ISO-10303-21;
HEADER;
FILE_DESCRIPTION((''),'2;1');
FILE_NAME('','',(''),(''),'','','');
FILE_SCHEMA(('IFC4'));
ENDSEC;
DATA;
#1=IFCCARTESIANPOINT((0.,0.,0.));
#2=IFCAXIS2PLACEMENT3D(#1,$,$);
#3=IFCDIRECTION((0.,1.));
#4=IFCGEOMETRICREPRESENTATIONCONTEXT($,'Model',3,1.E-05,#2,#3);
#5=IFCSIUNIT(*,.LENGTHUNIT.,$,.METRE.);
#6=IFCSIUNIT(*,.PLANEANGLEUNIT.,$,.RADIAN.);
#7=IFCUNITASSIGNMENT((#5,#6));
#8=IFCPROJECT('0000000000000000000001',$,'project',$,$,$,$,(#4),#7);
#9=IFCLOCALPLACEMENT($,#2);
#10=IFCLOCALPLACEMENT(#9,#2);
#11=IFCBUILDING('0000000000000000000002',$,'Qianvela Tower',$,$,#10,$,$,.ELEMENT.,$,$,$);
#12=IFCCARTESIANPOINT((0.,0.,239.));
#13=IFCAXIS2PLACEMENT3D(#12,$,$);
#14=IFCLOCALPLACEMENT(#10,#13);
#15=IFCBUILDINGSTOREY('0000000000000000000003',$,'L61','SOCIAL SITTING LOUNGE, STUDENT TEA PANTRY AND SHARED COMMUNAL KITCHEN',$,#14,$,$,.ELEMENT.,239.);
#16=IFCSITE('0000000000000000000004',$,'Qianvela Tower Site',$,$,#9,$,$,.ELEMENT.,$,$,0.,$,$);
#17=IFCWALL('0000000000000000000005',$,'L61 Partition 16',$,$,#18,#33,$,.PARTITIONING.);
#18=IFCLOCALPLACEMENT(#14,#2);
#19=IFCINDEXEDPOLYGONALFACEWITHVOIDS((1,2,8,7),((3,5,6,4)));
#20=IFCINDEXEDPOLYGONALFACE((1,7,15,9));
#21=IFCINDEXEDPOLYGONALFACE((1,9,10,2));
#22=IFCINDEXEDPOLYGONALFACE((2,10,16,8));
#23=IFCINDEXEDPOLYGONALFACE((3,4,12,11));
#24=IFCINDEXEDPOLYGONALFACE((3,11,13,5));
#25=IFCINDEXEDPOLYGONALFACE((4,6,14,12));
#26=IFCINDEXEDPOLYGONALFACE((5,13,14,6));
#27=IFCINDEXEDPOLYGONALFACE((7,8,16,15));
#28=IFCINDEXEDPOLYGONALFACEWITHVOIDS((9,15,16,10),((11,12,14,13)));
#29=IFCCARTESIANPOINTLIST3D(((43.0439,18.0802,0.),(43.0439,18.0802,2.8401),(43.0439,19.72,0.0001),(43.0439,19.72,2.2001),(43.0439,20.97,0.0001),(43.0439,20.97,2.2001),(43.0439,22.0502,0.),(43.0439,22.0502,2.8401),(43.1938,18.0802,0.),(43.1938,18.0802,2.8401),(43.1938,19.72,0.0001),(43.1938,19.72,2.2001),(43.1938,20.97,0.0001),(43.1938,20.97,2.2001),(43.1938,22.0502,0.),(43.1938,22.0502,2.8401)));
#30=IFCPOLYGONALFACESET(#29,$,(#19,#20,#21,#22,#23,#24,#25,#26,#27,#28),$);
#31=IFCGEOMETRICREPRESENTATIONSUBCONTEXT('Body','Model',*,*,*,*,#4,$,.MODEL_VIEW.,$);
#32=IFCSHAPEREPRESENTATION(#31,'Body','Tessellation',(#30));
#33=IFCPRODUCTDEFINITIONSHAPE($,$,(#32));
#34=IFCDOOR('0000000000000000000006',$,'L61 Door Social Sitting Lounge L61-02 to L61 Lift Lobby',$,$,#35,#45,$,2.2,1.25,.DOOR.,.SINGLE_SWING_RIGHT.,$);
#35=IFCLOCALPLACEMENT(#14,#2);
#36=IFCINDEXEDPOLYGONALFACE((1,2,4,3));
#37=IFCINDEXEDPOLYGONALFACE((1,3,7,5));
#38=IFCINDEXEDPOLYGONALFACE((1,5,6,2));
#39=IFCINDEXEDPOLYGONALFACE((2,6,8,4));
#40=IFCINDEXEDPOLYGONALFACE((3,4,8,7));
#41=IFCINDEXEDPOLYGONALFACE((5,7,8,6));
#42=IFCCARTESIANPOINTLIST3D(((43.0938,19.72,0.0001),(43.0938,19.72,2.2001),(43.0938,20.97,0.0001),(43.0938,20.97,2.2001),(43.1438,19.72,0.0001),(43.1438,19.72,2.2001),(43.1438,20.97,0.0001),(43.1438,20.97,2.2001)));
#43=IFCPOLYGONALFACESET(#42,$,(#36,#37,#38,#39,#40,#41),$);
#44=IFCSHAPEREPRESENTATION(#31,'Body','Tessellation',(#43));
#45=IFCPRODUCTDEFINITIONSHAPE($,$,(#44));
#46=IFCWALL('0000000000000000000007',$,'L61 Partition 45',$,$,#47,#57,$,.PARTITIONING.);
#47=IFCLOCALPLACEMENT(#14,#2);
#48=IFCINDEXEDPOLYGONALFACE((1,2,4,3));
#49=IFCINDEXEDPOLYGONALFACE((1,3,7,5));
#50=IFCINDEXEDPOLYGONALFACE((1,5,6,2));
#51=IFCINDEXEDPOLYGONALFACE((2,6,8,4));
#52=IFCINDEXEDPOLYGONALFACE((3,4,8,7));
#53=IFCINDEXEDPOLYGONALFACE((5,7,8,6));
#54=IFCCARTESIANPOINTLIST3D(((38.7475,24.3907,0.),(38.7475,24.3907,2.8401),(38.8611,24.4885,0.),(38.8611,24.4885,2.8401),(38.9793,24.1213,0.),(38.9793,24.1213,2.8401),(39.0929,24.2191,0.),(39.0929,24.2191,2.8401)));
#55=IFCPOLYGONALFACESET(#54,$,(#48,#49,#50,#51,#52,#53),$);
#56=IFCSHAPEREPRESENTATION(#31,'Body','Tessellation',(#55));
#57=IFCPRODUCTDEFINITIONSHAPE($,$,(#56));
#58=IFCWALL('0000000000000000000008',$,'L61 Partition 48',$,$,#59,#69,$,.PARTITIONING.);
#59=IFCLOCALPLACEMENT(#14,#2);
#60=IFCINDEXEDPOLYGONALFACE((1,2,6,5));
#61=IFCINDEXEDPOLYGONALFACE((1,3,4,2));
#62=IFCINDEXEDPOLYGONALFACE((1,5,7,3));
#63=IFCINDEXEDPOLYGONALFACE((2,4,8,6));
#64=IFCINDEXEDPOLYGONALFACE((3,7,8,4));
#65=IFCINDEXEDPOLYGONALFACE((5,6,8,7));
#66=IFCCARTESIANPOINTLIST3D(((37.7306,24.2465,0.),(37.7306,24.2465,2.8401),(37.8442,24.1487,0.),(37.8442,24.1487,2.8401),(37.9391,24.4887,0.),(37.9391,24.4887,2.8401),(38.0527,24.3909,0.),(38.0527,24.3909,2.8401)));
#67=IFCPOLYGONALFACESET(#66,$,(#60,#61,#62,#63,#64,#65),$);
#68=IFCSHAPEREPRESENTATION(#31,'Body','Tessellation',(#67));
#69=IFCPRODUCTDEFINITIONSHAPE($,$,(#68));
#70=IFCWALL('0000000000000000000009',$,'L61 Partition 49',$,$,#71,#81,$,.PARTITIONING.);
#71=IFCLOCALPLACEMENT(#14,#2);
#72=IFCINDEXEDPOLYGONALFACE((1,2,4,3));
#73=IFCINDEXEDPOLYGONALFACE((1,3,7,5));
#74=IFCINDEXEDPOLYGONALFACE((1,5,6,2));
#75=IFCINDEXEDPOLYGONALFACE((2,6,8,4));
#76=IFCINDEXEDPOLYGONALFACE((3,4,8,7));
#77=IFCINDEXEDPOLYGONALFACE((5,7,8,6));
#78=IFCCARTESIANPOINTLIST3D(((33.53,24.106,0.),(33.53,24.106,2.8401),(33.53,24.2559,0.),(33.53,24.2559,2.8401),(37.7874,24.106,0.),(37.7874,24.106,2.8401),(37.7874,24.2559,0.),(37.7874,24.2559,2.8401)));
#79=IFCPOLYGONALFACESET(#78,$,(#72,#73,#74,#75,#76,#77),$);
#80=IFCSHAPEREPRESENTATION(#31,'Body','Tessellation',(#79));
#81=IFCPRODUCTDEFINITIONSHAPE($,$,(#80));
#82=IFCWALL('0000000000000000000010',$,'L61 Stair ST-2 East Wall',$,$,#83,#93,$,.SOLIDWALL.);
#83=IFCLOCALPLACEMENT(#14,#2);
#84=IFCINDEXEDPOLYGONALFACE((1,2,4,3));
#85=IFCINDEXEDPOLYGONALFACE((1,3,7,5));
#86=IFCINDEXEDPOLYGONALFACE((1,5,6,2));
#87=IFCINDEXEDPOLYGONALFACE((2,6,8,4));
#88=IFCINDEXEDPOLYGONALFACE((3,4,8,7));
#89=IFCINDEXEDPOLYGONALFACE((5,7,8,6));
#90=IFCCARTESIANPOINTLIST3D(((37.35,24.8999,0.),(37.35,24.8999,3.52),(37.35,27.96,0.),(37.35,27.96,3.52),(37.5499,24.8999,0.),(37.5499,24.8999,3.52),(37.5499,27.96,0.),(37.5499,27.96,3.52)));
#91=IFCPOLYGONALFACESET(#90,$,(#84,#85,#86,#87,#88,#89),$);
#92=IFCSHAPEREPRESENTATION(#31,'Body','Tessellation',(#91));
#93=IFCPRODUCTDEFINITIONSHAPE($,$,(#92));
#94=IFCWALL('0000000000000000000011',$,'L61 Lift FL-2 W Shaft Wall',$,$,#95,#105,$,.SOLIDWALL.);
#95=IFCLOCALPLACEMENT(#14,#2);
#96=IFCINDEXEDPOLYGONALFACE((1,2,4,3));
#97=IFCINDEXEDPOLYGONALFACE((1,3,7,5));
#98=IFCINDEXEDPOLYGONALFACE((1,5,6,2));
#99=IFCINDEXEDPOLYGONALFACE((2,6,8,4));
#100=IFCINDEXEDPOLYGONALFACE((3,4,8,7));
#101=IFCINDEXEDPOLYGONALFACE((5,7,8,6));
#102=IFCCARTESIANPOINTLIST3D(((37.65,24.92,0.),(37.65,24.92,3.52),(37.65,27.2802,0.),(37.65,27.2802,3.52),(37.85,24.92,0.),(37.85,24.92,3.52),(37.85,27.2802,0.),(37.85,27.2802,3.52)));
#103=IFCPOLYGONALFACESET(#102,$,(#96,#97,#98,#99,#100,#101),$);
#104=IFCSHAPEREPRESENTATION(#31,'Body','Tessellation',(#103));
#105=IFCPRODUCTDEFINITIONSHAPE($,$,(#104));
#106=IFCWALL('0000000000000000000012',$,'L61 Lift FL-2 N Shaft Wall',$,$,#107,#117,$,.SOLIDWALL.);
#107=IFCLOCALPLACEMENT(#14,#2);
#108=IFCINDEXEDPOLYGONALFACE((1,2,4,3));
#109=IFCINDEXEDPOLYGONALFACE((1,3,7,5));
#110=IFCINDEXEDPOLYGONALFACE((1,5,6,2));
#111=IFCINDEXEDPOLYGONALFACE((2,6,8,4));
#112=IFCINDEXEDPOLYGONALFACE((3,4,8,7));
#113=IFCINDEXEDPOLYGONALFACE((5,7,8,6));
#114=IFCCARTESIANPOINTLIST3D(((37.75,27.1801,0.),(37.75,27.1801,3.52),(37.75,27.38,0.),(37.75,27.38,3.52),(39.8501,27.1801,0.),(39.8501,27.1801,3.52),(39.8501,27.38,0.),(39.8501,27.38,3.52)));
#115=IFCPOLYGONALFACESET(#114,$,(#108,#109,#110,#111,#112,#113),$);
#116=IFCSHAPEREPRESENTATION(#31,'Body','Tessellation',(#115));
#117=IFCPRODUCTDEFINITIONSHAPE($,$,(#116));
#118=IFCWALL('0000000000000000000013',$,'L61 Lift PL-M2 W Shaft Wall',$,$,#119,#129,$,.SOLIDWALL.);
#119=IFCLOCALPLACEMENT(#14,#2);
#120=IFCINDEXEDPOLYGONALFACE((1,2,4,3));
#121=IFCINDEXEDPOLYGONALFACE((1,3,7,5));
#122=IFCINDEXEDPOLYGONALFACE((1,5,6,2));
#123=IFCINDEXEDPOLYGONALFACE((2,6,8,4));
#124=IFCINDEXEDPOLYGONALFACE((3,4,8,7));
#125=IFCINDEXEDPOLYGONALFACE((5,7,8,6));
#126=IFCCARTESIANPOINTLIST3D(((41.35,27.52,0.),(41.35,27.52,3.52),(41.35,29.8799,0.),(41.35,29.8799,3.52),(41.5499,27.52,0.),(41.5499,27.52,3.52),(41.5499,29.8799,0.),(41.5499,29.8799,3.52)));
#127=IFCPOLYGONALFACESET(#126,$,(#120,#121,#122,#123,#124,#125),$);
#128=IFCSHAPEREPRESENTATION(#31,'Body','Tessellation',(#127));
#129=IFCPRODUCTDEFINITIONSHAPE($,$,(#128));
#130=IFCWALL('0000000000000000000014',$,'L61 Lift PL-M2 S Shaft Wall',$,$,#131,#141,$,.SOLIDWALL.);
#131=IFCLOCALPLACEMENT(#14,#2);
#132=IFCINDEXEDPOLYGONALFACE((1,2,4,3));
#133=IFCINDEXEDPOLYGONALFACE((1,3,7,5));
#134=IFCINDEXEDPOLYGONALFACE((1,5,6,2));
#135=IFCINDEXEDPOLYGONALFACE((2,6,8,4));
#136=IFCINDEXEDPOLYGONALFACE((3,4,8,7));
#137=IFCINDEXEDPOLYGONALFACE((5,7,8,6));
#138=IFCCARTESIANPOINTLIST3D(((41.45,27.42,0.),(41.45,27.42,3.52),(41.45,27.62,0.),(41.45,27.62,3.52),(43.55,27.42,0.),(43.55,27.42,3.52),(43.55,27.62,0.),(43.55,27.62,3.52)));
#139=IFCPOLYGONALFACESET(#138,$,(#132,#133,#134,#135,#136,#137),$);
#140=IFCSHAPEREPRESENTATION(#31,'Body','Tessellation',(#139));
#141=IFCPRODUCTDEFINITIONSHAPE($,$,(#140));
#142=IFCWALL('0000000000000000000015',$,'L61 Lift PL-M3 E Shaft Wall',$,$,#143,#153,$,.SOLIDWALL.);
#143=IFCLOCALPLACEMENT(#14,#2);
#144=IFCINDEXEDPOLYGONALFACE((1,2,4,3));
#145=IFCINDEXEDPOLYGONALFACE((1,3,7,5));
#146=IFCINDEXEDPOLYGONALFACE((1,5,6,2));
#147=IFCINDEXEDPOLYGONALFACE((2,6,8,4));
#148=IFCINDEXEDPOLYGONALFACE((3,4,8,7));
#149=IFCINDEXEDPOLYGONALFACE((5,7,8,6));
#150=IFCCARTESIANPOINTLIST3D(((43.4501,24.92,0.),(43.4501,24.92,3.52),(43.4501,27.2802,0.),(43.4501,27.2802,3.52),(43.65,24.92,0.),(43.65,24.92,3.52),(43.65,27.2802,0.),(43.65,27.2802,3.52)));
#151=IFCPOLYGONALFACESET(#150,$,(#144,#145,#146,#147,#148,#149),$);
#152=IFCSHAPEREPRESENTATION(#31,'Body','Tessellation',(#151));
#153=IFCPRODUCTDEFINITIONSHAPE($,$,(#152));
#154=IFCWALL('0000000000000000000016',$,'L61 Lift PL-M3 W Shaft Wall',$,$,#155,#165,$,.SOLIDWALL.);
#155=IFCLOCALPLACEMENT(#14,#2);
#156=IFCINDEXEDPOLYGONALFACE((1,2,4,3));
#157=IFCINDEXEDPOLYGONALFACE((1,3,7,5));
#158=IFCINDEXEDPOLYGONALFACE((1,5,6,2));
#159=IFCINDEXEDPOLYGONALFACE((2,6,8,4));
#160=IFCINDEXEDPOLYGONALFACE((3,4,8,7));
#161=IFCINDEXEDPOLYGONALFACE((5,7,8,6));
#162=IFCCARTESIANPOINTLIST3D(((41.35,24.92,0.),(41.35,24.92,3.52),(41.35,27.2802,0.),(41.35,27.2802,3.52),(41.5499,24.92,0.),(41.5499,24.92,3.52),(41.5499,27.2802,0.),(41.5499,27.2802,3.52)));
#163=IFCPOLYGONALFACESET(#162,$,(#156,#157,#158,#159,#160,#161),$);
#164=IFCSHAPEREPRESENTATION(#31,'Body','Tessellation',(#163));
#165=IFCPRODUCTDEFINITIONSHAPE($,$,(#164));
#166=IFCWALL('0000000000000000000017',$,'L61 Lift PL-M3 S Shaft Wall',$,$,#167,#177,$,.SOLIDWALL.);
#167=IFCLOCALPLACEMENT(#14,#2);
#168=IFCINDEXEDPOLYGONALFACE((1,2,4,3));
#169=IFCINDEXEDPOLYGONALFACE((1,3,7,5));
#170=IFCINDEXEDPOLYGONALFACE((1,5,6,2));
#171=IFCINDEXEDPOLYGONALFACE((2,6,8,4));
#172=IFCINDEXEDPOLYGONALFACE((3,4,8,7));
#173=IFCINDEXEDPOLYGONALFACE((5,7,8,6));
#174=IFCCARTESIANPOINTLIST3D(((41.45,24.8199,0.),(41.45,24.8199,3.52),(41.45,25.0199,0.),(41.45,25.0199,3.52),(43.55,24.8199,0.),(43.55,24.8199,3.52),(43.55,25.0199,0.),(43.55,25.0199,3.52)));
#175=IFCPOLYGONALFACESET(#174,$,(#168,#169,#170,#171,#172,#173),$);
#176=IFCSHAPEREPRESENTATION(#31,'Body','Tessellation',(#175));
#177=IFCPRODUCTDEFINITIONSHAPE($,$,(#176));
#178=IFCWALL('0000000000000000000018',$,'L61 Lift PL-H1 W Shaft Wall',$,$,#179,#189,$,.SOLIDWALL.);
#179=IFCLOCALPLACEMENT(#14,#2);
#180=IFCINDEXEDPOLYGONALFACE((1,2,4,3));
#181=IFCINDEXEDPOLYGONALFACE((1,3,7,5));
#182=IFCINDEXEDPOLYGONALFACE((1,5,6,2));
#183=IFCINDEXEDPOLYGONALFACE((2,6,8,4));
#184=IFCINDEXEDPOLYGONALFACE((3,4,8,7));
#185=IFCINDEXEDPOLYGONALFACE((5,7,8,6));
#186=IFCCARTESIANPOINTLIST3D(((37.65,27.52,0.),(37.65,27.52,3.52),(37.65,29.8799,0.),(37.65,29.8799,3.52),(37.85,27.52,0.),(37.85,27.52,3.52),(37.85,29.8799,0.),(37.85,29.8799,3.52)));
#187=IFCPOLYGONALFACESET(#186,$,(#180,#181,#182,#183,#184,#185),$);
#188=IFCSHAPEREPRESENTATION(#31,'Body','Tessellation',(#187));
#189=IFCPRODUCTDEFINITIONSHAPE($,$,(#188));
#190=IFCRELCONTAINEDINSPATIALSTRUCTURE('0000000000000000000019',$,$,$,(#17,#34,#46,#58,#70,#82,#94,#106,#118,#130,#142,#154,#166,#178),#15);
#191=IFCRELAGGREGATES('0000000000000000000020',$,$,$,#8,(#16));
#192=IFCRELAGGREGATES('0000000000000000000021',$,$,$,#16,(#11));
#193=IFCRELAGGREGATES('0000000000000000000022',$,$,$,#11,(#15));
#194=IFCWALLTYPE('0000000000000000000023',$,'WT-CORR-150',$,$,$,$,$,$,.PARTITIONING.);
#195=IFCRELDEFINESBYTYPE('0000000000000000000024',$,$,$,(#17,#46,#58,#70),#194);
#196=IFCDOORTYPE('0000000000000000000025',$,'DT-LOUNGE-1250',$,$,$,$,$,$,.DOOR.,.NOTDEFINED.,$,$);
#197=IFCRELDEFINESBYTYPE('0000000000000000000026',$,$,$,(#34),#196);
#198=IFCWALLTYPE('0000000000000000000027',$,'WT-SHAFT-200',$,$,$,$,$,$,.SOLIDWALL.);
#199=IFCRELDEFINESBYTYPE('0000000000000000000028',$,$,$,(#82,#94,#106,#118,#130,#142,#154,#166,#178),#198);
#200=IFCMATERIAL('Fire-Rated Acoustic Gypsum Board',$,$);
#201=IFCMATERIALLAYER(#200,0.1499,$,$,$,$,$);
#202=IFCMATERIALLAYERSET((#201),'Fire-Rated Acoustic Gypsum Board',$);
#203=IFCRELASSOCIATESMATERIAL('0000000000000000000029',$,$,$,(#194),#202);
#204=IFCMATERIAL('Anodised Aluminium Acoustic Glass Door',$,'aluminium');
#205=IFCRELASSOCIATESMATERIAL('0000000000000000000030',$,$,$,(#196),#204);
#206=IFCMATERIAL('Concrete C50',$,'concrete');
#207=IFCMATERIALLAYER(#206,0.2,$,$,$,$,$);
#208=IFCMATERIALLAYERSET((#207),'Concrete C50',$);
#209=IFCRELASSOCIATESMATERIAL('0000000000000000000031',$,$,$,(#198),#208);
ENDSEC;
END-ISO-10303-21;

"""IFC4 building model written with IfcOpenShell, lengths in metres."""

from ifc_helpers import new_model, si_unit, direction, frame, frame_2d, origin, place, context, subcontext, project, spatial, rectangle, extrude, material, layer, layer_set, type_object, element, fill, save


model = new_model("IFC4")

# Units and contexts
model_context = context("Model", 3, precision=1e-05, world=origin(), true_north=direction((0.0, 1.0)))
body_context = subcontext(model_context, "Body", "Model", "MODEL_VIEW")
ifc_project = project(units=[si_unit("LENGTHUNIT", "METRE"), si_unit("PLANEANGLEUNIT", "RADIAN")], contexts=[model_context])

# Site, building, storey
site_placement = place(None, origin())
site = spatial("IfcSite", under=ifc_project, at=site_placement, Name="Qianvela Tower Site", CompositionType="ELEMENT", RefElevation=0.0)
building_placement = place(site_placement, origin())
building = spatial("IfcBuilding", under=site, at=building_placement, Name="Qianvela Tower", CompositionType="ELEMENT")
storey_placement = place(building_placement, frame((0.0, 0.0, 239.0)))
storey = spatial("IfcBuildingStorey", under=building, at=storey_placement, Name="L61", Description="SOCIAL SITTING LOUNGE, STUDENT TEA PANTRY AND SHARED COMMUNAL KITCHEN", CompositionType="ELEMENT", Elevation=239.0)

# Shared definitions
ifc_material_1 = material(Name="Fire-Rated Acoustic Gypsum Board")
ifc_layer_1 = layer(ifc_material_1, 0.1499)
ifc_layer_set_1 = layer_set([ifc_layer_1], Name="Fire-Rated Acoustic Gypsum Board")
wall_type_1 = type_object("IfcWallType", Name="WT-CORR-150", PredefinedType="PARTITIONING", material=ifc_layer_set_1)

# Wall, opening, door
wall_1_placement = place(storey_placement, frame((43.1189, 22.05, 0.0), z_axis=(0.0, 0.0, 1.0), x_axis=(0.0, -1.0, 0.0)))
wall_1 = element("IfcWall", 1, at=wall_1_placement, inside=storey, type_object=wall_type_1, Name="L61 Partition 16", PredefinedType="PARTITIONING", context=body_context, shape_type="SweptSolid", body=[
    extrude(rectangle(XDim=3.97, YDim=0.1499, at=frame_2d((1.9849, 0.0))), origin(), (0.0, 0.0, 1.0), 2.8401),
])
opening_1_placement = place(wall_1_placement, frame((1.0801, 0.0, 0.0)))
opening_1 = element("IfcOpeningElement", 2, at=opening_1_placement, cuts=wall_1, PredefinedType="OPENING", context=body_context, shape_type="SweptSolid", body=[
    extrude(rectangle(XDim=1.25, YDim=2.2, at=frame_2d((0.625, 1.1001))), frame((0.0, 0.085, 0.0), z_axis=(0.0, -1.0, 0.0), x_axis=(1.0, 0.0, 0.0)), (0.0, 0.0, 1.0), 0.1699),
])
ifc_material_2 = material(Name="Anodised Aluminium Acoustic Glass Door", Category="aluminium")
door_type_1 = type_object("IfcDoorType", Name="DT-LOUNGE-1250", OperationType="NOTDEFINED", PredefinedType="DOOR", material=ifc_material_2)
door_1_placement = place(opening_1_placement, origin())
door_1 = element("IfcDoor", 3, at=door_1_placement, inside=storey, type_object=door_type_1, Name="L61 Door Social Sitting Lounge L61-02 to L61 Lift Lobby", OperationType="SINGLE_SWING_RIGHT", OverallHeight=2.2, OverallWidth=1.25, PredefinedType="DOOR", context=body_context, shape_type="SweptSolid", body=[
    extrude(rectangle(XDim=1.25, YDim=2.2, at=frame_2d((0.625, 1.1001))), frame((0.0, 0.0249, 0.0), z_axis=(0.0, -1.0, 0.0), x_axis=(1.0, 0.0, 0.0)), (0.0, 0.0, 1.0), 0.05),
])
fill(opening_1, door_1)

# Walls
wall_2_placement = place(storey_placement, frame((39.0361, 24.1702, 0.0), z_axis=(0.0, 0.0, 1.0), x_axis=(-0.65226, 0.757995, 0.0)))
element("IfcWall", 4, at=wall_2_placement, inside=storey, type_object=wall_type_1, Name="L61 Partition 45", PredefinedType="PARTITIONING", context=body_context, shape_type="SweptSolid", body=[
    extrude(rectangle(XDim=0.3555, YDim=0.1499, at=frame_2d((0.1777, 0.0))), origin(), (0.0, 0.0, 1.0), 2.8401),
])
wall_3_placement = place(storey_placement, frame((37.9958, 24.4397, 0.0), z_axis=(0.0, 0.0, 1.0), x_axis=(-0.652426, -0.757853, 0.0)))
element("IfcWall", 5, at=wall_3_placement, inside=storey, type_object=wall_type_1, Name="L61 Partition 48", PredefinedType="PARTITIONING", context=body_context, shape_type="SweptSolid", body=[
    extrude(rectangle(XDim=0.3196, YDim=0.1499, at=frame_2d((0.1597, 0.0))), origin(), (0.0, 0.0, 1.0), 2.8401),
])
wall_4_placement = place(storey_placement, frame((37.7874, 24.1809, 0.0), z_axis=(0.0, 0.0, 1.0), x_axis=(-1.0, 0.0, 0.0)))
element("IfcWall", 6, at=wall_4_placement, inside=storey, type_object=wall_type_1, Name="L61 Partition 49", PredefinedType="PARTITIONING", context=body_context, shape_type="SweptSolid", body=[
    extrude(rectangle(XDim=4.2573, YDim=0.1499, at=frame_2d((2.1287, 0.0))), origin(), (0.0, 0.0, 1.0), 2.8401),
])
ifc_material_3 = material(Name="Concrete C50", Category="concrete")
ifc_layer_2 = layer(ifc_material_3, 0.2)
ifc_layer_set_2 = layer_set([ifc_layer_2], Name="Concrete C50")
wall_type_2 = type_object("IfcWallType", Name="WT-SHAFT-200", PredefinedType="SOLIDWALL", material=ifc_layer_set_2)
wall_5_placement = place(storey_placement, frame((37.45, 24.8999, 0.0), z_axis=(0.0, 0.0, 1.0), x_axis=(0.0, 1.0, 0.0)))
element("IfcWall", 7, at=wall_5_placement, inside=storey, type_object=wall_type_2, Name="L61 Stair ST-2 East Wall", PredefinedType="SOLIDWALL", context=body_context, shape_type="SweptSolid", body=[
    extrude(rectangle(XDim=3.0601, YDim=0.2, at=frame_2d((1.53, 0.0))), origin(), (0.0, 0.0, 1.0), 3.52),
])

# Walls
wall_6_placement = place(storey_placement, frame((37.75, 24.9199, 0.0), z_axis=(0.0, 0.0, 1.0), x_axis=(0.0, 1.0, 0.0)))
element("IfcWall", 8, at=wall_6_placement, inside=storey, type_object=wall_type_2, Name="L61 Lift FL-2 W Shaft Wall", PredefinedType="SOLIDWALL", context=body_context, shape_type="SweptSolid", body=[
    extrude(rectangle(XDim=2.3601, YDim=0.2, at=frame_2d((1.1802, 0.0))), origin(), (0.0, 0.0, 1.0), 3.52),
])
wall_7_placement = place(storey_placement, frame((37.75, 27.28, 0.0), z_axis=(0.0, 0.0, 1.0), x_axis=(1.0, 0.0, 0.0)))
element("IfcWall", 9, at=wall_7_placement, inside=storey, type_object=wall_type_2, Name="L61 Lift FL-2 N Shaft Wall", PredefinedType="SOLIDWALL", context=body_context, shape_type="SweptSolid", body=[
    extrude(rectangle(XDim=2.1001, YDim=0.2, at=frame_2d((1.05, 0.0))), origin(), (0.0, 0.0, 1.0), 3.52),
])
wall_8_placement = place(storey_placement, frame((41.45, 27.52, 0.0), z_axis=(0.0, 0.0, 1.0), x_axis=(0.0, 1.0, 0.0)))
element("IfcWall", 10, at=wall_8_placement, inside=storey, type_object=wall_type_2, Name="L61 Lift PL-M2 W Shaft Wall", PredefinedType="SOLIDWALL", context=body_context, shape_type="SweptSolid", body=[
    extrude(rectangle(XDim=2.3599, YDim=0.2, at=frame_2d((1.1799, 0.0))), origin(), (0.0, 0.0, 1.0), 3.52),
])
wall_9_placement = place(storey_placement, frame((41.45, 27.52, 0.0), z_axis=(0.0, 0.0, 1.0), x_axis=(1.0, 0.0, 0.0)))
element("IfcWall", 11, at=wall_9_placement, inside=storey, type_object=wall_type_2, Name="L61 Lift PL-M2 S Shaft Wall", PredefinedType="SOLIDWALL", context=body_context, shape_type="SweptSolid", body=[
    extrude(rectangle(XDim=2.1001, YDim=0.2, at=frame_2d((1.05, 0.0))), origin(), (0.0, 0.0, 1.0), 3.52),
])
for number, where, z_axis, x_axis, name in (
    (12, (43.55, 24.9199, 0.0), (0.0, 0.0, 1.0), (0.0, 1.0, 0.0), "L61 Lift PL-M3 E Shaft Wall"),
    (13, (41.45, 24.9199, 0.0), (0.0, 0.0, 1.0), (0.0, 1.0, 0.0), "L61 Lift PL-M3 W Shaft Wall"),
):
    element("IfcWall", number, at=place(storey_placement, frame(where, z_axis=z_axis, x_axis=x_axis)), inside=storey, type_object=wall_type_2, Name=name, PredefinedType="SOLIDWALL", context=body_context, shape_type="SweptSolid", body=[
        extrude(rectangle(XDim=2.3601, YDim=0.2, at=frame_2d((1.1802, 0.0))), origin(), (0.0, 0.0, 1.0), 3.52),
    ])
wall_10_placement = place(storey_placement, frame((41.45, 24.9199, 0.0), z_axis=(0.0, 0.0, 1.0), x_axis=(1.0, 0.0, 0.0)))
element("IfcWall", 14, at=wall_10_placement, inside=storey, type_object=wall_type_2, Name="L61 Lift PL-M3 S Shaft Wall", PredefinedType="SOLIDWALL", context=body_context, shape_type="SweptSolid", body=[
    extrude(rectangle(XDim=2.1001, YDim=0.2, at=frame_2d((1.05, 0.0))), origin(), (0.0, 0.0, 1.0), 3.52),
])

# Wall
wall_11_placement = place(storey_placement, frame((37.75, 27.52, 0.0), z_axis=(0.0, 0.0, 1.0), x_axis=(0.0, 1.0, 0.0)))
element("IfcWall", 15, at=wall_11_placement, inside=storey, type_object=wall_type_2, Name="L61 Lift PL-H1 W Shaft Wall", PredefinedType="SOLIDWALL", context=body_context, shape_type="SweptSolid", body=[
    extrude(rectangle(XDim=2.3599, YDim=0.2, at=frame_2d((1.1799, 0.0))), origin(), (0.0, 0.0, 1.0), 3.52),
])

save(model, "model.ifc")
